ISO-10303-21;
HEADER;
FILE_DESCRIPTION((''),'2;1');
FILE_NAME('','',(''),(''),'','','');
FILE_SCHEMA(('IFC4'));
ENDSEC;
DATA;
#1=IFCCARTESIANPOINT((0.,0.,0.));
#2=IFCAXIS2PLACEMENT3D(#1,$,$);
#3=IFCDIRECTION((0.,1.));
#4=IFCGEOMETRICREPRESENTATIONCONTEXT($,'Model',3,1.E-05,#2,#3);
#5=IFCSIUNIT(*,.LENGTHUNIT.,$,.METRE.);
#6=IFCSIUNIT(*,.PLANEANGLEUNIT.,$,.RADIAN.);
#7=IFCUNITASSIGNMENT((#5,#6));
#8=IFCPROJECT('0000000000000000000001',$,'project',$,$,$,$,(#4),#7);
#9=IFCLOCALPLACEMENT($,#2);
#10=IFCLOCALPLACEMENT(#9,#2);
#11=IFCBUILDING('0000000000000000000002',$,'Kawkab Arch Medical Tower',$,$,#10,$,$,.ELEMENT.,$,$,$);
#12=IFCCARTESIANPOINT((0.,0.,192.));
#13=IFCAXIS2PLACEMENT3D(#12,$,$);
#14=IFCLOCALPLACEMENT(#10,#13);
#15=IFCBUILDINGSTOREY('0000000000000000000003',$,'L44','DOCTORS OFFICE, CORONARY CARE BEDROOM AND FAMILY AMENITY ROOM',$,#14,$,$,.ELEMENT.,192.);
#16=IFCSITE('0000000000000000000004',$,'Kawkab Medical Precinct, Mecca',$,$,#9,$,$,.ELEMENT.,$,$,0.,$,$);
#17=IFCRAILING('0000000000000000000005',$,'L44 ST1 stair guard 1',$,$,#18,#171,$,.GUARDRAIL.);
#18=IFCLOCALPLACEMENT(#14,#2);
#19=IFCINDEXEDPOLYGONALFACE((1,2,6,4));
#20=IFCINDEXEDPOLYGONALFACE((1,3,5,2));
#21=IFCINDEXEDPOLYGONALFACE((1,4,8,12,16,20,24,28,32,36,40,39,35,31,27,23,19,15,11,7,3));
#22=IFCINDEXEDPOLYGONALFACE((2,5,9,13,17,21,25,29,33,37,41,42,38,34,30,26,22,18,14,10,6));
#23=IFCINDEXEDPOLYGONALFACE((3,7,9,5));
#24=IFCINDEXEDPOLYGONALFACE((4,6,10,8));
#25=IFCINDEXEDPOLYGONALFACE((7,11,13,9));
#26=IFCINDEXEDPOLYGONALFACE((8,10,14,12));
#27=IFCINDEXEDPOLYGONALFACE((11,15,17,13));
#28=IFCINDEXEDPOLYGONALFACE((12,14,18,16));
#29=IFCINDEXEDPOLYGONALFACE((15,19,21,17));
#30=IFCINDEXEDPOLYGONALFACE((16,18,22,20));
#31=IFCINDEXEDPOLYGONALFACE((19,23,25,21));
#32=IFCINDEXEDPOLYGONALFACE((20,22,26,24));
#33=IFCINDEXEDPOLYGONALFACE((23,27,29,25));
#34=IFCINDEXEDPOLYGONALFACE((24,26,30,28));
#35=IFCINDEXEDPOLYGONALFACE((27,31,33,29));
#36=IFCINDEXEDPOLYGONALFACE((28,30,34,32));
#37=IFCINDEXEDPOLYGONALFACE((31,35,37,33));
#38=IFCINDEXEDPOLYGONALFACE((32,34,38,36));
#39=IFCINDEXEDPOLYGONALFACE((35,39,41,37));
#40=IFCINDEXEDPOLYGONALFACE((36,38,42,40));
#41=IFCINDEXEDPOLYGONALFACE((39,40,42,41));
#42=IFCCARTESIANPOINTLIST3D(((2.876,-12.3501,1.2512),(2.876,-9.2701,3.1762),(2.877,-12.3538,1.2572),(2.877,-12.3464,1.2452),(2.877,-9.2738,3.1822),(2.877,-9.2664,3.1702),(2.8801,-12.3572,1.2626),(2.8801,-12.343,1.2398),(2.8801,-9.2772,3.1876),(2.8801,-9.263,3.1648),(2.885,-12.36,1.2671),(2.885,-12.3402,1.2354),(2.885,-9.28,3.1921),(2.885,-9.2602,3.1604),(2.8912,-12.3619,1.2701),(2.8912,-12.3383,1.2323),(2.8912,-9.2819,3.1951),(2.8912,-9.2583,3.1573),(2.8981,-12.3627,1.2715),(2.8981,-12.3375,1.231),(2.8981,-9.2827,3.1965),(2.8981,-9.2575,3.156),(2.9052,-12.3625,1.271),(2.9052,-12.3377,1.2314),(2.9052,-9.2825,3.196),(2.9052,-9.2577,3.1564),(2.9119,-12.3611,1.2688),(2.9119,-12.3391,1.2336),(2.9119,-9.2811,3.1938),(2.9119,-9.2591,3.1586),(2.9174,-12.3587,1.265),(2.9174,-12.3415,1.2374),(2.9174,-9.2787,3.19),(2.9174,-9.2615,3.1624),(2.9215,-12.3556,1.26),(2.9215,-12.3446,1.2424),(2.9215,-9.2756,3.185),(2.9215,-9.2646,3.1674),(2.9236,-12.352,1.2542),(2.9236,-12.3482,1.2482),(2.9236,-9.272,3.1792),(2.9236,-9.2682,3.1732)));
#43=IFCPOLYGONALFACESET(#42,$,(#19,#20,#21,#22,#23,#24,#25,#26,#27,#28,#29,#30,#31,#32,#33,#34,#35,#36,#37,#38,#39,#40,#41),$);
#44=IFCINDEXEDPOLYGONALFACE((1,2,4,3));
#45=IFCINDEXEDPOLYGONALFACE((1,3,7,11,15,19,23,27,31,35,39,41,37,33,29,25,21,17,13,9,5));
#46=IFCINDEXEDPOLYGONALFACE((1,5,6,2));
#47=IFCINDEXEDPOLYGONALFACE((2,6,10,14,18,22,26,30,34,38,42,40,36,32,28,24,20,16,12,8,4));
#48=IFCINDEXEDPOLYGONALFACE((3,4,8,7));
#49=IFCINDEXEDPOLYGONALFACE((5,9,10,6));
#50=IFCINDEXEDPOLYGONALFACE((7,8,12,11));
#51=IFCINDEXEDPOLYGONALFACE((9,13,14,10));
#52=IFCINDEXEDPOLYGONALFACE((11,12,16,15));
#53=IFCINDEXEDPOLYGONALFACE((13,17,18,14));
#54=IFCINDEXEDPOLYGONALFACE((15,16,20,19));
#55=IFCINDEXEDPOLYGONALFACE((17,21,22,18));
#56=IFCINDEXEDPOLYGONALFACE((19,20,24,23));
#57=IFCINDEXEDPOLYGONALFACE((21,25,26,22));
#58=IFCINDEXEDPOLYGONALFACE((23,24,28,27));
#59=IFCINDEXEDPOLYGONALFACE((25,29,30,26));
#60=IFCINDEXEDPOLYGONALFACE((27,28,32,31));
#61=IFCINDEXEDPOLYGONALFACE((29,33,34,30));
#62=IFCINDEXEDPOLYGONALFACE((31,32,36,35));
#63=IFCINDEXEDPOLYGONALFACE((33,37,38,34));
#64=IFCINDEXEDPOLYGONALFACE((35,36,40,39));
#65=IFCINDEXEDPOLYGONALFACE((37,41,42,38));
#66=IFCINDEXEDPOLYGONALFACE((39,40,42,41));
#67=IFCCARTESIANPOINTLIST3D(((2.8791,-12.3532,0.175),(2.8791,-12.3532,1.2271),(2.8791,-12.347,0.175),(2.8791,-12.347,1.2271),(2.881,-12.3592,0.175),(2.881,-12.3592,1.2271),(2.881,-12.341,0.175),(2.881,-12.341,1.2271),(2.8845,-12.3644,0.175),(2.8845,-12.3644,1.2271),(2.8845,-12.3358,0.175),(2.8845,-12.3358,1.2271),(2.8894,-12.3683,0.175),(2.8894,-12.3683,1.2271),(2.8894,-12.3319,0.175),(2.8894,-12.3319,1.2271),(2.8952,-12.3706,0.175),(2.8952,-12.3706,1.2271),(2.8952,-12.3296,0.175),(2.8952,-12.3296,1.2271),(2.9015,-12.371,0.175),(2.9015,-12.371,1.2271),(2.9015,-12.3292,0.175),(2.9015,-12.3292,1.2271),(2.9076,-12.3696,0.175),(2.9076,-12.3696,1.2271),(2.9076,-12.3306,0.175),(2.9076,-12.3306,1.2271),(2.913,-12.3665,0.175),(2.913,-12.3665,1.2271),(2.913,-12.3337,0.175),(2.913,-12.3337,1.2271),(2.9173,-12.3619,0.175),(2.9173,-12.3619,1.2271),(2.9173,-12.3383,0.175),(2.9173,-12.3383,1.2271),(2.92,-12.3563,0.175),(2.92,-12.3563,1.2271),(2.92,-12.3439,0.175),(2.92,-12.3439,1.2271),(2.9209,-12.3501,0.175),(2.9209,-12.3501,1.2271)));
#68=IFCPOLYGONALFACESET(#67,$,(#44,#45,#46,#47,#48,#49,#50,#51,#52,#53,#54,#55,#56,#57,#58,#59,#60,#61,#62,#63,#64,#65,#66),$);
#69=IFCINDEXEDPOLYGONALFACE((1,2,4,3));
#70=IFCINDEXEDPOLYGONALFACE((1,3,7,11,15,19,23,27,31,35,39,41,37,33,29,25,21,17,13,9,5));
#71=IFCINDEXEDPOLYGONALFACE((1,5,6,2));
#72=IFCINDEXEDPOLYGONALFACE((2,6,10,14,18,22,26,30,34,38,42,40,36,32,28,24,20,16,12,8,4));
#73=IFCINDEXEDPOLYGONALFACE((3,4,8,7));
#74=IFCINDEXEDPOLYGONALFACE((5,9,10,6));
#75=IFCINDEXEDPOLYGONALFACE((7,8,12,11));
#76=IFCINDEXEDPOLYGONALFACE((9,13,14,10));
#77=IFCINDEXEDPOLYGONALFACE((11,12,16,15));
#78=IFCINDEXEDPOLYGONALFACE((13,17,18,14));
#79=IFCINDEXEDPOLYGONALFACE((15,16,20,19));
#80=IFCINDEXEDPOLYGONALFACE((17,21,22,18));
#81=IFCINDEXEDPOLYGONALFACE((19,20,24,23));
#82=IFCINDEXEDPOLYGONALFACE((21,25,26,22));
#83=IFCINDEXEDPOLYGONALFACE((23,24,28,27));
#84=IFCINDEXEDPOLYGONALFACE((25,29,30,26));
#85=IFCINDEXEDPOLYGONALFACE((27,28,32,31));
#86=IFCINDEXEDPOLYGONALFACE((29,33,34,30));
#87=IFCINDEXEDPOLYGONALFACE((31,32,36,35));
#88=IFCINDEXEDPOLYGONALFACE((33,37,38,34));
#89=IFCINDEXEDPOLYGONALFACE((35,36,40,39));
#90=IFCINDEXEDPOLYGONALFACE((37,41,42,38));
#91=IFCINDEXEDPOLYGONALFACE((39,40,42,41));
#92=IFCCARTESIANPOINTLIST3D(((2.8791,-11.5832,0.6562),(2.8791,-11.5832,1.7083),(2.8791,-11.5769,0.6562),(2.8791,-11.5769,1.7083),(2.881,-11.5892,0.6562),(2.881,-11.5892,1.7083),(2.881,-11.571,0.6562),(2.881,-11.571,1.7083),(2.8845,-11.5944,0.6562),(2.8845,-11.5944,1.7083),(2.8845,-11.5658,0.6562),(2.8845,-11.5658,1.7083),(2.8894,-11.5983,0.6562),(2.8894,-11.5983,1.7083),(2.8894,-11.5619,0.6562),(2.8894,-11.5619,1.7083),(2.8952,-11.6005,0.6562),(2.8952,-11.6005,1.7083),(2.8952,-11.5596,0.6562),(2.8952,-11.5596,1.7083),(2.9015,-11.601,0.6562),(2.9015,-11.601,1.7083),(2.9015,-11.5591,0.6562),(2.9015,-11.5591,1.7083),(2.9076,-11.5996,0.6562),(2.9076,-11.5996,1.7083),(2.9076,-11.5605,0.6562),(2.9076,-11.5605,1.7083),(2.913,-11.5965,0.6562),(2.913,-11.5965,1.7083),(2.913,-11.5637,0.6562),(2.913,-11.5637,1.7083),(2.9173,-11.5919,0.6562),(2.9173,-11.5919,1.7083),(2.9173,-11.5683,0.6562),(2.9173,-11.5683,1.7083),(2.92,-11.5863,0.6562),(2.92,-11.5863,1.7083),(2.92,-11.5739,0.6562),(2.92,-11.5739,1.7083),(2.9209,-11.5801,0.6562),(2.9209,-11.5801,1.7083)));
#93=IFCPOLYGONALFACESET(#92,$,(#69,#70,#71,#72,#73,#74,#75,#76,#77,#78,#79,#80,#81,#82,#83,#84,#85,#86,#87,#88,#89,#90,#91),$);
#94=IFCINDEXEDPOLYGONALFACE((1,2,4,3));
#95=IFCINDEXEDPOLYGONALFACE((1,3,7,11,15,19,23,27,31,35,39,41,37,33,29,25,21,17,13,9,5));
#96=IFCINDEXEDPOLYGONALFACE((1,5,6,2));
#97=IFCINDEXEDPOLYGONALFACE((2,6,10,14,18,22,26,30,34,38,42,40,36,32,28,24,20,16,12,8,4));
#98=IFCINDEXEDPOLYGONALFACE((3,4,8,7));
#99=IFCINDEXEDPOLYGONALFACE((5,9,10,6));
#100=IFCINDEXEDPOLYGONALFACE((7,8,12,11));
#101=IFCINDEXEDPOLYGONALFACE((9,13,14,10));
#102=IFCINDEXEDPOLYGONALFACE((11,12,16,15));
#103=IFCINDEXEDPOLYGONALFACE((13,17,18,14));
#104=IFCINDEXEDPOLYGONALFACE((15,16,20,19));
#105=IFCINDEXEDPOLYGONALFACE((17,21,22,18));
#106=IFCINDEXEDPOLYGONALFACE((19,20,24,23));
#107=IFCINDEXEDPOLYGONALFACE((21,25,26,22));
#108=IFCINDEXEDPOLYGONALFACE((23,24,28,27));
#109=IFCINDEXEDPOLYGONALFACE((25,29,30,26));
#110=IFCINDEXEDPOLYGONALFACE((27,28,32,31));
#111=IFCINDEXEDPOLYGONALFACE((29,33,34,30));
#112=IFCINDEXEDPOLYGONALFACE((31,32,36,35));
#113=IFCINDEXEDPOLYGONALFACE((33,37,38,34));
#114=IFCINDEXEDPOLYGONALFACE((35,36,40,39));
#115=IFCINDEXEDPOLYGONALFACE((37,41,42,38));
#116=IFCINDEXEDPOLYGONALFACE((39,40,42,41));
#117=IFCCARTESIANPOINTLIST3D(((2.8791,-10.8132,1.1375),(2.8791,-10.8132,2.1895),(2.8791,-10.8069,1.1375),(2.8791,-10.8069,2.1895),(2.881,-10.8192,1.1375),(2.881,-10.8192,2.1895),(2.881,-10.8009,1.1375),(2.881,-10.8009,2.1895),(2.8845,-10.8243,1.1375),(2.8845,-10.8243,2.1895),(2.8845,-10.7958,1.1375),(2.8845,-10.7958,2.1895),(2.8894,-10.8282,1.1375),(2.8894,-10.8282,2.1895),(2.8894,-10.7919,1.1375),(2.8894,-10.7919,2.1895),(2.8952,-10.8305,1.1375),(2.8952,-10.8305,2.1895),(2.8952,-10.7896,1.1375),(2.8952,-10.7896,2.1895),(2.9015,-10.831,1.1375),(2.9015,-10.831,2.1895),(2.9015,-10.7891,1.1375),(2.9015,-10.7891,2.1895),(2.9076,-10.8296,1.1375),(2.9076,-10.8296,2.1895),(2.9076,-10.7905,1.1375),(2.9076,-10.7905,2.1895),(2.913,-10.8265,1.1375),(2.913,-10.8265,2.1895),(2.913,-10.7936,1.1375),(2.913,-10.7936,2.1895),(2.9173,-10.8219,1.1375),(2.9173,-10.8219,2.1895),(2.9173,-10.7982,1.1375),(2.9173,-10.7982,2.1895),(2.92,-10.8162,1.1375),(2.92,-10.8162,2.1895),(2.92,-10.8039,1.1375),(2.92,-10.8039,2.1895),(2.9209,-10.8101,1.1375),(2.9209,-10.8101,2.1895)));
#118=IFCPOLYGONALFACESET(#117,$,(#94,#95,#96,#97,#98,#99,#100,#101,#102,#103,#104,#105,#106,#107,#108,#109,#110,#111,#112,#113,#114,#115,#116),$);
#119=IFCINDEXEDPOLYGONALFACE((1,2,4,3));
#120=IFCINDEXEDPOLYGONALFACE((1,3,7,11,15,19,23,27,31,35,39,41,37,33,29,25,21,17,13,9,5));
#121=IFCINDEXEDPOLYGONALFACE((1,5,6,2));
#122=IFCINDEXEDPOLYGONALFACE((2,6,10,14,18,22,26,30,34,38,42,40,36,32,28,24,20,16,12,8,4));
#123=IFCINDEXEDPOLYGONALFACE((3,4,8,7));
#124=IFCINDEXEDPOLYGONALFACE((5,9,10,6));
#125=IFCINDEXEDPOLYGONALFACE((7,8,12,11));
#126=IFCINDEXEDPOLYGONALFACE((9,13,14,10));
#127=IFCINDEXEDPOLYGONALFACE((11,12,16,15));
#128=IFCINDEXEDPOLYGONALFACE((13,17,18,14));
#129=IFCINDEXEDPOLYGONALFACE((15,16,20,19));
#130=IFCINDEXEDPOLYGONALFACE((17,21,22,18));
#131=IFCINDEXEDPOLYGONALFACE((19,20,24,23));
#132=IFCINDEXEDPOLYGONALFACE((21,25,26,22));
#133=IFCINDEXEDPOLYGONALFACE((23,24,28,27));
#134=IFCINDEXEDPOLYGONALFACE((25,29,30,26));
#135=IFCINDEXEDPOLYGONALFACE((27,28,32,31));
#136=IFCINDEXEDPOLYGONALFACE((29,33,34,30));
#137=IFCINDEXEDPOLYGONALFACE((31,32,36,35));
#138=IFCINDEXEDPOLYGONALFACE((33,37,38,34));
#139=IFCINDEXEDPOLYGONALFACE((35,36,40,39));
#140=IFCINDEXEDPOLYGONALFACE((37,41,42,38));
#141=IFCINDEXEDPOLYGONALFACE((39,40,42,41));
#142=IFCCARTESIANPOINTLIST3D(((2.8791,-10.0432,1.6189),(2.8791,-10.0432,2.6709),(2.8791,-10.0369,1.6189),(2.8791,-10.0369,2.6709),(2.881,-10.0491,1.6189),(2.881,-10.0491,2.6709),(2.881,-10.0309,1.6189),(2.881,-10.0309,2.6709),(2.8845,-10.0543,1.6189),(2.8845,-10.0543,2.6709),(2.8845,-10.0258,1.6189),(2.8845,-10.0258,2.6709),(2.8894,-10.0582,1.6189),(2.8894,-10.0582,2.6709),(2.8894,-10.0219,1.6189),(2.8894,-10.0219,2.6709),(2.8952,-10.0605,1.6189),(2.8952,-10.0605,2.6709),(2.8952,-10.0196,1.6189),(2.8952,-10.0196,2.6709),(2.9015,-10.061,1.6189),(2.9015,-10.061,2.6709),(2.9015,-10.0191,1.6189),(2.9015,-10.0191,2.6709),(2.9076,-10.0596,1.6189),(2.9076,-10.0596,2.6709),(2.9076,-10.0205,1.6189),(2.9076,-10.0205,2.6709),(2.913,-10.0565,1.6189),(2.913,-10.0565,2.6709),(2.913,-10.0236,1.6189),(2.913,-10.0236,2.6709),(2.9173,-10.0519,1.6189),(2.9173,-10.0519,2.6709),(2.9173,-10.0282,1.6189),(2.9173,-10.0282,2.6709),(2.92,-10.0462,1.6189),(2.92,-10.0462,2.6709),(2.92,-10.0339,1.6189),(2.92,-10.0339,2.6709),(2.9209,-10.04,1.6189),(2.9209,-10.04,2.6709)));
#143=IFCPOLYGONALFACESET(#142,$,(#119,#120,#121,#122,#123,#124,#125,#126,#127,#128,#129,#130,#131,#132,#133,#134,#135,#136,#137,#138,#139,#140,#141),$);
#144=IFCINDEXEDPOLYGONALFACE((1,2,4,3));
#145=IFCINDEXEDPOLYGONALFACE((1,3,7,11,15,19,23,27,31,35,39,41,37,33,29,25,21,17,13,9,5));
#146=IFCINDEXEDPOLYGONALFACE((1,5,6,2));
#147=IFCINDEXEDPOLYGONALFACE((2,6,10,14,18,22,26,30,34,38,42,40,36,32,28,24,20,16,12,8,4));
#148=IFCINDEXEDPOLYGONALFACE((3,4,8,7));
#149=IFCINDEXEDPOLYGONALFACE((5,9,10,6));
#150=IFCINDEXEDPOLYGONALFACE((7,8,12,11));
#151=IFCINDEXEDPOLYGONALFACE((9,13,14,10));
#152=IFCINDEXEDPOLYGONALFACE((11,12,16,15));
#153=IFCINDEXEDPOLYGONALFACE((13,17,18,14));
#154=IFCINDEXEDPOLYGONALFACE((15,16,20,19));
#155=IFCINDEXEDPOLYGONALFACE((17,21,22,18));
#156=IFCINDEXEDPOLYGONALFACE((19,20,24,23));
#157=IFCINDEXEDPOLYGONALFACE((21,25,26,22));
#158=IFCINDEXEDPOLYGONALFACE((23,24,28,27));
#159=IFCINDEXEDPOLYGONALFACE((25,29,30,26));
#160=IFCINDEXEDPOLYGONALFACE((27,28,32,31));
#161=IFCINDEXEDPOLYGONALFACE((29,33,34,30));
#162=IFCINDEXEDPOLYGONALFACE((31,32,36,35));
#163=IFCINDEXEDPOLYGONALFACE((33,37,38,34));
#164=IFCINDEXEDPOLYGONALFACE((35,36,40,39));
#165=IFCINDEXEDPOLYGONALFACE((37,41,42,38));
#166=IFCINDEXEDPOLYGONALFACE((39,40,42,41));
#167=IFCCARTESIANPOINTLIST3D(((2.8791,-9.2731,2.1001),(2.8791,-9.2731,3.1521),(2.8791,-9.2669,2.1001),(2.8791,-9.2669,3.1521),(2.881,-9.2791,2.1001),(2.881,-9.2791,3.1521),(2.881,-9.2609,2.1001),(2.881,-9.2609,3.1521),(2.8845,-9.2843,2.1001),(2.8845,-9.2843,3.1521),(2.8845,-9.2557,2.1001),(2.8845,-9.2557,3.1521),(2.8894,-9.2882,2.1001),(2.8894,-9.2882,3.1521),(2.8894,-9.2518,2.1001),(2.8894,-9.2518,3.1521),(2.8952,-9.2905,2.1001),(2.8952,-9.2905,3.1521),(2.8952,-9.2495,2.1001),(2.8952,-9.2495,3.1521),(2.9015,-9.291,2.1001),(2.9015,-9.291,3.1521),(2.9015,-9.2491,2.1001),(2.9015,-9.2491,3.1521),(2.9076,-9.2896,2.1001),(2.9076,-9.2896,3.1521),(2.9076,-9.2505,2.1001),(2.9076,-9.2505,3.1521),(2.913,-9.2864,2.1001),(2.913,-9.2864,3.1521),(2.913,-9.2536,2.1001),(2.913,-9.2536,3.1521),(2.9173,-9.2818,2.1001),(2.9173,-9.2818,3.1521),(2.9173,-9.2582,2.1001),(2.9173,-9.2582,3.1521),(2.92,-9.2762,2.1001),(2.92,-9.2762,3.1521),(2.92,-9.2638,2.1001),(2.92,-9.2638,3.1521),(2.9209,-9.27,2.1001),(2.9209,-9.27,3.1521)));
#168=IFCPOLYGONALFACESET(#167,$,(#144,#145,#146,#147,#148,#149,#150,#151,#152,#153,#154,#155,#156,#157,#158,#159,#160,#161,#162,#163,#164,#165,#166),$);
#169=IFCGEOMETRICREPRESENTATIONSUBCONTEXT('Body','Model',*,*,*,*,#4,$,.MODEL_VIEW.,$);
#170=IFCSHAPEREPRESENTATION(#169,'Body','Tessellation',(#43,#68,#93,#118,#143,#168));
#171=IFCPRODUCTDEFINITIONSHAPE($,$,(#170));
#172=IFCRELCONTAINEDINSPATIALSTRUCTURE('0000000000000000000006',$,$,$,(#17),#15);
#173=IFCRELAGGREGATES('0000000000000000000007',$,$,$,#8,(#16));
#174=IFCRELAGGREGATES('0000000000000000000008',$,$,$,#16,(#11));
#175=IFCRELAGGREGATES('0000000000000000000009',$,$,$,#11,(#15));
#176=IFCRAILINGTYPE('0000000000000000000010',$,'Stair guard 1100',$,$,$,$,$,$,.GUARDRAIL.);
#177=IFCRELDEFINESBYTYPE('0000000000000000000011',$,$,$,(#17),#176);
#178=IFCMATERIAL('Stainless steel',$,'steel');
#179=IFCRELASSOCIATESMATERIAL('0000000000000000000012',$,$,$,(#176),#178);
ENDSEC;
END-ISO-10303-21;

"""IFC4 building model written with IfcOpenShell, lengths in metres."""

from ifc_helpers import new_model, si_unit, direction, frame, origin, origin_2d, place, context, subcontext, project, spatial, circle, extrude, material, type_object, element, save


model = new_model("IFC4")

# Units and contexts
model_context = context("Model", 3, precision=1e-05, world=origin(), true_north=direction((0.0, 1.0)))
body_context = subcontext(model_context, "Body", "Model", "MODEL_VIEW")
ifc_project = project(units=[si_unit("LENGTHUNIT", "METRE"), si_unit("PLANEANGLEUNIT", "RADIAN")], contexts=[model_context])

# Site, building, storey
site_placement = place(None, origin())
site = spatial("IfcSite", under=ifc_project, at=site_placement, Name="Kawkab Medical Precinct, Mecca", CompositionType="ELEMENT", RefElevation=0.0)
building_placement = place(site_placement, origin())
building = spatial("IfcBuilding", under=site, at=building_placement, Name="Kawkab Arch Medical Tower", CompositionType="ELEMENT")
storey_placement = place(building_placement, frame((0.0, 0.0, 192.0)))
storey = spatial("IfcBuildingStorey", under=building, at=storey_placement, Name="L44", Description="DOCTORS OFFICE, CORONARY CARE BEDROOM AND FAMILY AMENITY ROOM", CompositionType="ELEMENT", Elevation=192.0)

# Railing
ifc_material_1 = material(Name="Stainless steel", Category="steel")
railing_type = type_object("IfcRailingType", Name="Stair guard 1100", PredefinedType="GUARDRAIL", material=ifc_material_1)
railing_placement = place(storey_placement, frame((2.8999, -12.3501, 0.175)))
element("IfcRailing", 1, at=railing_placement, inside=storey, type_object=railing_type, Name="L44 ST1 stair guard 1", PredefinedType="GUARDRAIL", context=body_context, shape_type="SweptSolid", body=[
    extrude(circle(Radius=0.0239, at=origin_2d()), frame((0.0, 0.0, 1.0762), z_axis=(0.0, 0.847998, 0.529999), x_axis=(-1.0, 0.0, 0.0)), (0.0, 0.0, 1.0), 3.6321),
    extrude(circle(Radius=0.021, at=origin_2d()), origin(), (0.0, 0.0, 1.0), 1.052),
    extrude(circle(Radius=0.021, at=origin_2d()), frame((0.0, 0.77, 0.4812)), (0.0, 0.0, 1.0), 1.052),
    extrude(circle(Radius=0.021, at=origin_2d()), frame((0.0, 1.54, 0.9624)), (0.0, 0.0, 1.0), 1.052),
    extrude(circle(Radius=0.021, at=origin_2d()), frame((0.0, 2.3101, 1.4438)), (0.0, 0.0, 1.0), 1.052),
    extrude(circle(Radius=0.021, at=origin_2d()), frame((0.0, 3.0801, 1.925)), (0.0, 0.0, 1.0), 1.052),
])

save(model, "model.ifc")
